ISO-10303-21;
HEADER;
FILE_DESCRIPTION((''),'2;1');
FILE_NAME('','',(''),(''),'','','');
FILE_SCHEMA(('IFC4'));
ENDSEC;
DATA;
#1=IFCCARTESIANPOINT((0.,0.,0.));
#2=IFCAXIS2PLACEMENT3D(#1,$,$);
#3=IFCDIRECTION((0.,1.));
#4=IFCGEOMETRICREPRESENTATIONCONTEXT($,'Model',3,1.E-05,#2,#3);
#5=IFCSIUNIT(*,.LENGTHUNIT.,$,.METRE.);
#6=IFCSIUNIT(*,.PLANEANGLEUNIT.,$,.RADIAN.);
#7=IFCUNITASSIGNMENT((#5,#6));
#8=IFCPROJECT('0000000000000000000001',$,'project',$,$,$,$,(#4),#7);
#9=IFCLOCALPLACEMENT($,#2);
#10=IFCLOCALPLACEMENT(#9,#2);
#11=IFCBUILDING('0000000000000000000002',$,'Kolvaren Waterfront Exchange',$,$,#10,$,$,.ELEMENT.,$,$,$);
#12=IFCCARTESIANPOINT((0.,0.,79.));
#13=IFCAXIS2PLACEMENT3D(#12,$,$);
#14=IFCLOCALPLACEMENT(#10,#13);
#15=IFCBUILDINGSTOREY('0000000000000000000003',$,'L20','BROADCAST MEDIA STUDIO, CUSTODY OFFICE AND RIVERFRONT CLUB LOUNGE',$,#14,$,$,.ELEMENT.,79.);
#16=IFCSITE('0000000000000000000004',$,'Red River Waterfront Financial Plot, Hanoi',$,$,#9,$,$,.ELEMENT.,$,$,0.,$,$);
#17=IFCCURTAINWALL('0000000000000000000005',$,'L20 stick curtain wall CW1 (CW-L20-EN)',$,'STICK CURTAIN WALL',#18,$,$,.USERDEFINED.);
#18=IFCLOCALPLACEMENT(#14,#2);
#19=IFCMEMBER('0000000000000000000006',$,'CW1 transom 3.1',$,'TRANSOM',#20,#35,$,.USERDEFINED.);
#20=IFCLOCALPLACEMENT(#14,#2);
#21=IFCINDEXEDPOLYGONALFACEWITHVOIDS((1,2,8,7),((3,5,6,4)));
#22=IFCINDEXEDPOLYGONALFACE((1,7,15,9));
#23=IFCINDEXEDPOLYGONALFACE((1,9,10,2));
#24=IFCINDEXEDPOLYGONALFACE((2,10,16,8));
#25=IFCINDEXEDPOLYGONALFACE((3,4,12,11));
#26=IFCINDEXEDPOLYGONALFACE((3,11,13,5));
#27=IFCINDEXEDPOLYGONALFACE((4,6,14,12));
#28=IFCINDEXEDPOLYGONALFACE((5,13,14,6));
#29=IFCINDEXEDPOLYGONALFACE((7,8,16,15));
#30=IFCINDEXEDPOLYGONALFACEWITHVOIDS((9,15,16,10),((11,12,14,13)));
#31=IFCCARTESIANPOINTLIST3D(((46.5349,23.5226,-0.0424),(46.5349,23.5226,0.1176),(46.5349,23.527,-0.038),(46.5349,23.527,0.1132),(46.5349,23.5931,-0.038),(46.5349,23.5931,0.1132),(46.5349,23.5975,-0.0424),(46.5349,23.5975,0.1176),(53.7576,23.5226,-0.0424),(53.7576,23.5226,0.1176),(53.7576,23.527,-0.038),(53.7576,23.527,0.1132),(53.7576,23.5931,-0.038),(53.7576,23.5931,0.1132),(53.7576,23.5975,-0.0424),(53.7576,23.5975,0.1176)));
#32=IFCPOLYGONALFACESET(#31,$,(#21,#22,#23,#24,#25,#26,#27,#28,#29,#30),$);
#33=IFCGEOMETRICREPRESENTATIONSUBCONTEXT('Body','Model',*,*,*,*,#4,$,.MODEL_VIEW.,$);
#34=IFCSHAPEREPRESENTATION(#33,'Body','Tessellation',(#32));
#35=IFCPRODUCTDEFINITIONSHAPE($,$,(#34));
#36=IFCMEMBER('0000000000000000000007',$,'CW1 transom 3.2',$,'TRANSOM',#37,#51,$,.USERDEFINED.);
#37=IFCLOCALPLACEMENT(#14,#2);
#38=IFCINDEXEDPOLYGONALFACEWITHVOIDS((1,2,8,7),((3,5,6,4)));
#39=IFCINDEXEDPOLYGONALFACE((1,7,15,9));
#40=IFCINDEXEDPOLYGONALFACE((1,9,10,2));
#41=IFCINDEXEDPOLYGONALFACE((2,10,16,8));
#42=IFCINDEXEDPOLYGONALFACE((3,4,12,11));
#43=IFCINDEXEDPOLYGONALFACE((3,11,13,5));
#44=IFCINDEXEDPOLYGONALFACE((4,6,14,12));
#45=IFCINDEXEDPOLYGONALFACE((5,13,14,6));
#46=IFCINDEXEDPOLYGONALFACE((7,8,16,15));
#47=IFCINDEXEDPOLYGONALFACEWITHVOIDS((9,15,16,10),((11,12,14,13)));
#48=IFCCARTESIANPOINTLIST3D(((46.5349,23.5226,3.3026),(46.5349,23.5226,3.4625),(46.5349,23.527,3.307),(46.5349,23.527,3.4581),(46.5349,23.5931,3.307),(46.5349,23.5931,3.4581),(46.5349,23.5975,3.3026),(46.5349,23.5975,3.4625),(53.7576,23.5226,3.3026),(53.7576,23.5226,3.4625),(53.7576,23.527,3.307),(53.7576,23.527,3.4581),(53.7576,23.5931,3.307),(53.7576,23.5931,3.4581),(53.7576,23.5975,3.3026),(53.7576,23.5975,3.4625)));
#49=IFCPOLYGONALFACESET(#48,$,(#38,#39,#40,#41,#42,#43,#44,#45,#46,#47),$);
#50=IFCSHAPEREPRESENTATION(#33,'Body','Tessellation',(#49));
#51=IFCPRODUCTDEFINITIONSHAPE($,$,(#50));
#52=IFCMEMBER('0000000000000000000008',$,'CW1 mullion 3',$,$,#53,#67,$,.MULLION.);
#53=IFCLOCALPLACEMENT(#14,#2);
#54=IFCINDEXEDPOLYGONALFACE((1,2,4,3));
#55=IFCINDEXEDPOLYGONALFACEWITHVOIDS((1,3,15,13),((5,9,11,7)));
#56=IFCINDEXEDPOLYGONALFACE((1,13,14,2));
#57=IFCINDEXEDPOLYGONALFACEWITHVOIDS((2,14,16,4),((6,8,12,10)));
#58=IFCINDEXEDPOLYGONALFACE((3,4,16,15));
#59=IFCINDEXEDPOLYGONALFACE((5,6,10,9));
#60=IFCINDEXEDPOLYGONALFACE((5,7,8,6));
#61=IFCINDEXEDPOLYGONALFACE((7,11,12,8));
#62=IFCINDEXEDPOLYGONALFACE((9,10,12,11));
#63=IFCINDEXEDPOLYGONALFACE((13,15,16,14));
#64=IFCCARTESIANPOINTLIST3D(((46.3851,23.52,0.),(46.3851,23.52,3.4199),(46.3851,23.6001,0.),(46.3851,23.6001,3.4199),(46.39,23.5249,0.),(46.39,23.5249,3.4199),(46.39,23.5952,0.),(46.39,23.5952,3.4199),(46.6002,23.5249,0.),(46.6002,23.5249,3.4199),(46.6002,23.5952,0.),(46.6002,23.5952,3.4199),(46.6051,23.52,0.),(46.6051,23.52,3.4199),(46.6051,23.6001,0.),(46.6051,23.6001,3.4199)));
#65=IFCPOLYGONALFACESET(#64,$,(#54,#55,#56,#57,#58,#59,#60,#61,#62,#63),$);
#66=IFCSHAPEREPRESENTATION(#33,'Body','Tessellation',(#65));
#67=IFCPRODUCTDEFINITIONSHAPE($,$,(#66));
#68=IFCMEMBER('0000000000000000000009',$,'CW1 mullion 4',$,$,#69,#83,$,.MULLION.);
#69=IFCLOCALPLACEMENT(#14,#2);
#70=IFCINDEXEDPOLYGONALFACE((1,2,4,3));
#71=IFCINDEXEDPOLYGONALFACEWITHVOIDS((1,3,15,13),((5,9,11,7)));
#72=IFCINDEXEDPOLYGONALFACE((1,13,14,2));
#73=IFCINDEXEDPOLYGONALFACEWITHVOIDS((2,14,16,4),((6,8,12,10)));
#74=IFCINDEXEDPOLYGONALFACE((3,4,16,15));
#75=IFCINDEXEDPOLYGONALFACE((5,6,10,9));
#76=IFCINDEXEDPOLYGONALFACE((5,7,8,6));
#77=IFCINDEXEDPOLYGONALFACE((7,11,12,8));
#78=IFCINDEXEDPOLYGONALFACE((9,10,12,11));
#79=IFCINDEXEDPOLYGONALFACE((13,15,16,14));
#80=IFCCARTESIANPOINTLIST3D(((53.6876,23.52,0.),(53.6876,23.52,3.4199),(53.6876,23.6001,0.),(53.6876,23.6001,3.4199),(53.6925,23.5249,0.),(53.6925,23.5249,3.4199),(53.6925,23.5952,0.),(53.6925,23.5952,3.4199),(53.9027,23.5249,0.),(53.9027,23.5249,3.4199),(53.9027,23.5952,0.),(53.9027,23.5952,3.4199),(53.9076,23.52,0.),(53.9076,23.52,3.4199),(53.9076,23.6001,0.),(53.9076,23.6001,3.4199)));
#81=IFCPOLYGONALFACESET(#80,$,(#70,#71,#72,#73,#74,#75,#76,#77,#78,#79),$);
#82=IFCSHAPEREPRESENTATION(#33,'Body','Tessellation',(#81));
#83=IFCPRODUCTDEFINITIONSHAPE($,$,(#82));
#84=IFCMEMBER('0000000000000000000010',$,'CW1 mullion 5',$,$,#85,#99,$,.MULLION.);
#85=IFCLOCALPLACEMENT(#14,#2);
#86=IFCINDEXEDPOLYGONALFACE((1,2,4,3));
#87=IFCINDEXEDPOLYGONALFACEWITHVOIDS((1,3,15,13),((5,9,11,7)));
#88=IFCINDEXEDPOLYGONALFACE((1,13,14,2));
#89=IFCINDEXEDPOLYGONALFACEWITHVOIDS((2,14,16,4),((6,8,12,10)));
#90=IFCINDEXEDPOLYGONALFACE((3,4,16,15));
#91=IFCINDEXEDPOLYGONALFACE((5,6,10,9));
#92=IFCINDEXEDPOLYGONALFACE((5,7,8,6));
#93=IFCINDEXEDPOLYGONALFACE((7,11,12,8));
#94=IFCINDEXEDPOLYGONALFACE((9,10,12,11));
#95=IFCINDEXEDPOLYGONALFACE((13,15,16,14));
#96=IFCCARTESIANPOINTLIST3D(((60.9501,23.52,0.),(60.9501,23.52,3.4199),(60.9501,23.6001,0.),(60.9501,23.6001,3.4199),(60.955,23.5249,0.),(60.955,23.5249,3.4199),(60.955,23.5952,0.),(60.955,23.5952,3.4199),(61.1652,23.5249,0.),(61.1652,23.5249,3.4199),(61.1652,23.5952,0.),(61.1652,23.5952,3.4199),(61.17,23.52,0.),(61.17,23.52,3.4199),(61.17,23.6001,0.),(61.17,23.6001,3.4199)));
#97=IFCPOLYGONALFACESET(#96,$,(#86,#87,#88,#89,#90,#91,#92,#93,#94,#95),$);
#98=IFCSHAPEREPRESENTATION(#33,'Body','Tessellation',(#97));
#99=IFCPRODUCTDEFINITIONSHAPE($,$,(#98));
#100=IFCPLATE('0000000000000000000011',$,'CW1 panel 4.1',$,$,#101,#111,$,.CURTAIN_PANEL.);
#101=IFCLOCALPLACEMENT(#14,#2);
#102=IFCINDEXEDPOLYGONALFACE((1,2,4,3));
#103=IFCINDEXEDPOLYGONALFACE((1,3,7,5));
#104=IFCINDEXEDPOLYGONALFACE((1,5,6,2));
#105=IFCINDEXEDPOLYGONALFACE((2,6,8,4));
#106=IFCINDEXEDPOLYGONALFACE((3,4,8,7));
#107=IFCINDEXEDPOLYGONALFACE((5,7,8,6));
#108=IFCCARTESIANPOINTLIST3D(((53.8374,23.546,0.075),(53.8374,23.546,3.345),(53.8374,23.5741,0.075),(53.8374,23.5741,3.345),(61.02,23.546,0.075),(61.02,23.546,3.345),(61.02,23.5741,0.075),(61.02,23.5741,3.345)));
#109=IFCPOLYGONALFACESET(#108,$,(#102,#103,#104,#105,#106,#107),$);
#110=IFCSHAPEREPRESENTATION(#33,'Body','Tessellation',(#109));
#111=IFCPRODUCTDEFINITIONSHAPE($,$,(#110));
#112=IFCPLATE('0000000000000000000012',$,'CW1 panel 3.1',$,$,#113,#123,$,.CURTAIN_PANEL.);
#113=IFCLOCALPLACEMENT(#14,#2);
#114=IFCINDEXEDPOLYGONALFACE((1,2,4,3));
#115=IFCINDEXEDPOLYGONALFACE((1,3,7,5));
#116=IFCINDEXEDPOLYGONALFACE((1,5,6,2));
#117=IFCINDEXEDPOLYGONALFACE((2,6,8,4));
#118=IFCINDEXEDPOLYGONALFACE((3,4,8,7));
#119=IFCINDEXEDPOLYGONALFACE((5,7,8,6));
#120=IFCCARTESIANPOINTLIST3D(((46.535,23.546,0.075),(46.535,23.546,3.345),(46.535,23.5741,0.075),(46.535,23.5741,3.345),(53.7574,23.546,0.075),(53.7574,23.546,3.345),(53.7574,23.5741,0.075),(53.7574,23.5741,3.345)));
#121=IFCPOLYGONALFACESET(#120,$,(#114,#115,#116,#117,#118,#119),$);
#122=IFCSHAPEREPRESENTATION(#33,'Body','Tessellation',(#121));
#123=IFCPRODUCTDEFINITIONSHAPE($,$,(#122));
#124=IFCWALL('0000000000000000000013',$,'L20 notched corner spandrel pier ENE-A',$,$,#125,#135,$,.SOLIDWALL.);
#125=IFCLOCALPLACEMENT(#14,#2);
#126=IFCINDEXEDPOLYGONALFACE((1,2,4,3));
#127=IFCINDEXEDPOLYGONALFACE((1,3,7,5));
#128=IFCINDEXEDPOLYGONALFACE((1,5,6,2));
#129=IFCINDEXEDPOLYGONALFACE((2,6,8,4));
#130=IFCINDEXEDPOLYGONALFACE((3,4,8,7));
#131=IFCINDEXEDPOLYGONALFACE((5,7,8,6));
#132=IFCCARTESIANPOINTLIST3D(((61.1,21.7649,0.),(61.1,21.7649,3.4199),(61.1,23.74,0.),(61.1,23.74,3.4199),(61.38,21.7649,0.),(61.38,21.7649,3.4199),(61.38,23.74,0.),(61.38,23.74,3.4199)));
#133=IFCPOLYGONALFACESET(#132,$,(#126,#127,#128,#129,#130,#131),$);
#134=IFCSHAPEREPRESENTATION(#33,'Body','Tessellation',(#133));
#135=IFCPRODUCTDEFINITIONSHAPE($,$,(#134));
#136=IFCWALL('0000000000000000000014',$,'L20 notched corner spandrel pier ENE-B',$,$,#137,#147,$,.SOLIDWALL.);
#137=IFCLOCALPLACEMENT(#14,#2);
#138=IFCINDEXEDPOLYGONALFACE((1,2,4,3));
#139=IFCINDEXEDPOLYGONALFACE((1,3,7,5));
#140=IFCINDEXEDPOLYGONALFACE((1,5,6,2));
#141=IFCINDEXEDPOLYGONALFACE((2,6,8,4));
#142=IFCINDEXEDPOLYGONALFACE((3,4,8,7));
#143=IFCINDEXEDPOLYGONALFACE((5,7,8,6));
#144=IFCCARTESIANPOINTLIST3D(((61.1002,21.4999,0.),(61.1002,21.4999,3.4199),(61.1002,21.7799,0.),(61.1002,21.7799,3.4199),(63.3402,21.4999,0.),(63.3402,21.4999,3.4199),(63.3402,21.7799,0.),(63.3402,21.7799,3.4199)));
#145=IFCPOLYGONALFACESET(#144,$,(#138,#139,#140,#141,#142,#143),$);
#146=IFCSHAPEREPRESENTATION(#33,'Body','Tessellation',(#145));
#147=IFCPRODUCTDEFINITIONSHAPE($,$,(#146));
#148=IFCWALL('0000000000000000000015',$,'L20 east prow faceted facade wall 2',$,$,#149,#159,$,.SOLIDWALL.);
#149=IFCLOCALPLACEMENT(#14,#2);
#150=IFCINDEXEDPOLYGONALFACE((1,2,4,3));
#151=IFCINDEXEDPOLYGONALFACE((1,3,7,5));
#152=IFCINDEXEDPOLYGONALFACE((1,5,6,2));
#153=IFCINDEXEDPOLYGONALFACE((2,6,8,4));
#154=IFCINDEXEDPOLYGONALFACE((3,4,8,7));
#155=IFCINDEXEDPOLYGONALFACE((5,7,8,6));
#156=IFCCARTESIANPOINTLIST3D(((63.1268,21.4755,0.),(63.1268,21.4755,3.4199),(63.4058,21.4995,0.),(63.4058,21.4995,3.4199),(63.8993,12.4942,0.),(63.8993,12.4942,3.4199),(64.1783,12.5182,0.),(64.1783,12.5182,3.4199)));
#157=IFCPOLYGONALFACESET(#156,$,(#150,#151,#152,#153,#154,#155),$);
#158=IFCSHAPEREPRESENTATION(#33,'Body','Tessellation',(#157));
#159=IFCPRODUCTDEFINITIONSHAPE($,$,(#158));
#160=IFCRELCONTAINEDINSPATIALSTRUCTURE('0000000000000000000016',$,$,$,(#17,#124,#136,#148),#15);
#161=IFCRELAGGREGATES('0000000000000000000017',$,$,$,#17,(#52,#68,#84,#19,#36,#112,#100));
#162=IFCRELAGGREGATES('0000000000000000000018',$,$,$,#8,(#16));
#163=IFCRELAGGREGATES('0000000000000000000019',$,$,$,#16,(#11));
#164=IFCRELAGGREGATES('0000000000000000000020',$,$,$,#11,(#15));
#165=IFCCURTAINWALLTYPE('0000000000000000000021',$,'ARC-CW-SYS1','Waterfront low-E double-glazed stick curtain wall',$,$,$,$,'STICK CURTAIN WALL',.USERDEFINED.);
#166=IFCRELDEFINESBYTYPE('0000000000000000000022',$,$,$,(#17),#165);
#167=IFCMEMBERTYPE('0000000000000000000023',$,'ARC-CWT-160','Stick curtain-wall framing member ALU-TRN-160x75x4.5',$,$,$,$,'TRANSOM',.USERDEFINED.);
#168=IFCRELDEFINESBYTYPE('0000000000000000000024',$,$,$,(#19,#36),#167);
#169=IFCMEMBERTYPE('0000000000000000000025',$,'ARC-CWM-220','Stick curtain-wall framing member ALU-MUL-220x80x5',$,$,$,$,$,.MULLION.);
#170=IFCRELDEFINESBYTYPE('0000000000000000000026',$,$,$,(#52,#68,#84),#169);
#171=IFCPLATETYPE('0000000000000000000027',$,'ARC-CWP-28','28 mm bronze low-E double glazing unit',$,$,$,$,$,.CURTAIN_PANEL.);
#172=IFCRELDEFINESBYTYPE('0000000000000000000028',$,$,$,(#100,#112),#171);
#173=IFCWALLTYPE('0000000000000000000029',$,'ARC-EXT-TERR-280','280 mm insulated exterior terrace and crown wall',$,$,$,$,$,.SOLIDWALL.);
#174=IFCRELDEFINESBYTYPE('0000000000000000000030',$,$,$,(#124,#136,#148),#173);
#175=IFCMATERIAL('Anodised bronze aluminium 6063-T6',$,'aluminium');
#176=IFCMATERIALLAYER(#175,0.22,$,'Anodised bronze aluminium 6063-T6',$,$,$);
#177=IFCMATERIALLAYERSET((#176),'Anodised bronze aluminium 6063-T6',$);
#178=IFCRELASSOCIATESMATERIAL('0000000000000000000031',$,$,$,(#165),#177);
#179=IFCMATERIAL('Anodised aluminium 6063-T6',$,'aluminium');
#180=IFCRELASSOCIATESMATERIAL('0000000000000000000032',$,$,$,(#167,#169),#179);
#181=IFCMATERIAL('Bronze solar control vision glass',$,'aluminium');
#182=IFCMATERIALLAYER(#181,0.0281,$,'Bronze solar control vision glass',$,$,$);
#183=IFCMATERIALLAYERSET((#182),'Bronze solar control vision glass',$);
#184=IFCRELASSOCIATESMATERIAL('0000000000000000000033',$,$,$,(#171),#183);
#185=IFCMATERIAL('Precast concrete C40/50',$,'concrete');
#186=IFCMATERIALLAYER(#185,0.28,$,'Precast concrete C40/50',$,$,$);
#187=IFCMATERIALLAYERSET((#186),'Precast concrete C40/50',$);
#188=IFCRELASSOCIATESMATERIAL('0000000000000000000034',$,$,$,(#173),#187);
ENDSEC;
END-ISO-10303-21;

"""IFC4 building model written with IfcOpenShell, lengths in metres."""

from ifc_helpers import new_model, si_unit, direction, frame, frame_2d, origin, origin_with_axes, origin_2d, place, context, subcontext, project, spatial, rectangle, hollow_rectangle, extrude, source, transform, mapped, material, layer, layer_set, material_profile, profile_set, type_object, element, aggregate, save


model = new_model("IFC4")

# Units and contexts
model_context = context("Model", 3, precision=1e-05, world=origin(), true_north=direction((0.0, 1.0)))
body_context = subcontext(model_context, "Body", "Model", "MODEL_VIEW")
ifc_project = project(units=[si_unit("LENGTHUNIT", "METRE"), si_unit("PLANEANGLEUNIT", "RADIAN")], contexts=[model_context])

# Site, building, storey
site_placement = place(None, origin())
site = spatial("IfcSite", under=ifc_project, at=site_placement, Name="Red River Waterfront Financial Plot, Hanoi", CompositionType="ELEMENT", RefElevation=0.0)
building_placement = place(site_placement, origin())
building = spatial("IfcBuilding", under=site, at=building_placement, Name="Kolvaren Waterfront Exchange", CompositionType="ELEMENT")
storey_placement = place(building_placement, frame((0.0, 0.0, 79.0)))
storey = spatial("IfcBuildingStorey", under=building, at=storey_placement, Name="L20", Description="BROADCAST MEDIA STUDIO, CUSTODY OFFICE AND RIVERFRONT CLUB LOUNGE", CompositionType="ELEMENT", Elevation=79.0)

# Curtain wall, members, plates
ifc_material_1 = material(Name="Anodised bronze aluminium 6063-T6", Category="aluminium")
ifc_layer_1 = layer(ifc_material_1, 0.22, Name="Anodised bronze aluminium 6063-T6")
ifc_layer_set_1 = layer_set([ifc_layer_1], Name="Anodised bronze aluminium 6063-T6")
curtain_wall_type = type_object("IfcCurtainWallType", Name="ARC-CW-SYS1", Description="Waterfront low-E double-glazed stick curtain wall", ElementType="STICK CURTAIN WALL", PredefinedType="USERDEFINED", material=ifc_layer_set_1)
curtain_wall_placement = place(storey_placement, origin())
curtain_wall = element("IfcCurtainWall", 1, at=curtain_wall_placement, inside=storey, type_object=curtain_wall_type, Name="L20 stick curtain wall CW1 (CW-L20-EN)", ObjectType="STICK CURTAIN WALL", PredefinedType="USERDEFINED")
ifc_material_2 = material(Name="Anodised aluminium 6063-T6", Category="aluminium")
ifc_material_profile_1 = material_profile(ifc_material_2, hollow_rectangle(XDim=0.075, YDim=0.1599, WallThickness=0.0044, at=origin_2d()), Name="ALU-TRN-160x75x4.5")
ifc_profile_set_1 = profile_set([ifc_material_profile_1], Name="Anodised aluminium 6063-T6")
member_type_1 = type_object("IfcMemberType", Name="ARC-CWT-160", Description="Stick curtain-wall framing member ALU-TRN-160x75x4.5", ElementType="TRANSOM", PredefinedType="USERDEFINED", material=ifc_profile_set_1)
shared_shape_1 = source(origin_with_axes(), body_context, "Body", "SweptSolid", [
    extrude(hollow_rectangle(XDim=0.075, YDim=0.1599, WallThickness=0.0044, at=origin_2d()), origin(), (0.0, 0.0, 1.0), 7.2227),
])
member_1_placement = place(storey_placement, frame((46.5349, 23.5601, 0.0376), z_axis=(1.0, 0.0, 0.0), x_axis=(0.0, 1.0, 0.0)))
member_1 = element("IfcMember", 2, at=member_1_placement, type_object=member_type_1, Name="CW1 transom 3.1", ObjectType="TRANSOM", PredefinedType="USERDEFINED", context=body_context, shape_type="MappedRepresentation", body=[
    mapped(shared_shape_1, transform((0.0, 0.0, 0.0), x_axis=(1.0, 0.0, 0.0), y_axis=(0.0, 1.0, 0.0), z_axis=(0.0, 0.0, 1.0), scale=1.0)),
])
member_2_placement = place(storey_placement, frame((46.5349, 23.5601, 3.3826), z_axis=(1.0, 0.0, 0.0), x_axis=(0.0, 1.0, 0.0)))
member_2 = element("IfcMember", 3, at=member_2_placement, type_object=member_type_1, Name="CW1 transom 3.2", ObjectType="TRANSOM", PredefinedType="USERDEFINED", context=body_context, shape_type="MappedRepresentation", body=[
    mapped(shared_shape_1, transform((0.0, 0.0, 0.0), x_axis=(1.0, 0.0, 0.0), y_axis=(0.0, 1.0, 0.0), z_axis=(0.0, 0.0, 1.0), scale=1.0)),
])
ifc_material_profile_2 = material_profile(ifc_material_2, hollow_rectangle(XDim=0.0801, YDim=0.22, WallThickness=0.0049, at=origin_2d()), Name="ALU-MUL-220x80x5")
ifc_profile_set_2 = profile_set([ifc_material_profile_2], Name="Anodised aluminium 6063-T6")
member_type_2 = type_object("IfcMemberType", Name="ARC-CWM-220", Description="Stick curtain-wall framing member ALU-MUL-220x80x5", PredefinedType="MULLION", material=ifc_profile_set_2)
shared_shape_2 = source(origin_with_axes(), body_context, "Body", "SweptSolid", [
    extrude(hollow_rectangle(XDim=0.0801, YDim=0.22, WallThickness=0.0049, at=origin_2d()), origin(), (0.0, 0.0, 1.0), 3.4199),
])
member_3_placement = place(storey_placement, frame((46.4951, 23.5601, 0.0), z_axis=(0.0, 0.0, 1.0), x_axis=(0.0, 1.0, 0.0)))
member_3 = element("IfcMember", 4, at=member_3_placement, type_object=member_type_2, Name="CW1 mullion 3", PredefinedType="MULLION", context=body_context, shape_type="MappedRepresentation", body=[
    mapped(shared_shape_2, transform((0.0, 0.0, 0.0), x_axis=(1.0, 0.0, 0.0), y_axis=(0.0, 1.0, 0.0), z_axis=(0.0, 0.0, 1.0), scale=1.0)),
])
member_4_placement = place(storey_placement, frame((53.7976, 23.5601, 0.0), z_axis=(0.0, 0.0, 1.0), x_axis=(0.0, 1.0, 0.0)))
member_4 = element("IfcMember", 5, at=member_4_placement, type_object=member_type_2, Name="CW1 mullion 4", PredefinedType="MULLION", context=body_context, shape_type="MappedRepresentation", body=[
    mapped(shared_shape_2, transform((0.0, 0.0, 0.0), x_axis=(1.0, 0.0, 0.0), y_axis=(0.0, 1.0, 0.0), z_axis=(0.0, 0.0, 1.0), scale=1.0)),
])
member_5_placement = place(storey_placement, frame((61.0601, 23.5601, 0.0), z_axis=(0.0, 0.0, 1.0), x_axis=(0.0, 1.0, 0.0)))
member_5 = element("IfcMember", 6, at=member_5_placement, type_object=member_type_2, Name="CW1 mullion 5", PredefinedType="MULLION", context=body_context, shape_type="MappedRepresentation", body=[
    mapped(shared_shape_2, transform((0.0, 0.0, 0.0), x_axis=(1.0, 0.0, 0.0), y_axis=(0.0, 1.0, 0.0), z_axis=(0.0, 0.0, 1.0), scale=1.0)),
])
ifc_material_3 = material(Name="Bronze solar control vision glass", Category="aluminium")
ifc_layer_2 = layer(ifc_material_3, 0.0281, Name="Bronze solar control vision glass")
ifc_layer_set_2 = layer_set([ifc_layer_2], Name="Bronze solar control vision glass")
plate_type = type_object("IfcPlateType", Name="ARC-CWP-28", Description="28 mm bronze low-E double glazing unit", PredefinedType="CURTAIN_PANEL", material=ifc_layer_set_2)
shared_shape_3 = source(origin_with_axes(), body_context, "Body", "SweptSolid", [
    extrude(rectangle(XDim=7.1826, YDim=0.0281, at=origin_2d()), origin(), (0.0, 0.0, 1.0), 3.27),
])
plate_1_placement = place(storey_placement, frame((57.4287, 23.5601, 0.075), z_axis=(0.0, 0.0, 1.0), x_axis=(1.0, 0.0, 0.0)))
plate_1 = element("IfcPlate", 7, at=plate_1_placement, type_object=plate_type, Name="CW1 panel 4.1", PredefinedType="CURTAIN_PANEL", context=body_context, shape_type="MappedRepresentation", body=[
    mapped(shared_shape_3, transform((0.0, 0.0, 0.0), x_axis=(1.0, 0.0, 0.0), y_axis=(0.0, 1.0, 0.0), z_axis=(0.0, 0.0, 1.0), scale=1.0)),
])
shared_shape_4 = source(origin_with_axes(), body_context, "Body", "SweptSolid", [
    extrude(rectangle(XDim=7.2224, YDim=0.0281, at=origin_2d()), origin(), (0.0, 0.0, 1.0), 3.27),
])
plate_2_placement = place(storey_placement, frame((50.1462, 23.5601, 0.075), z_axis=(0.0, 0.0, 1.0), x_axis=(1.0, 0.0, 0.0)))
plate_2 = element("IfcPlate", 8, at=plate_2_placement, type_object=plate_type, Name="CW1 panel 3.1", PredefinedType="CURTAIN_PANEL", context=body_context, shape_type="MappedRepresentation", body=[
    mapped(shared_shape_4, transform((0.0, 0.0, 0.0), x_axis=(1.0, 0.0, 0.0), y_axis=(0.0, 1.0, 0.0), z_axis=(0.0, 0.0, 1.0), scale=1.0)),
])
aggregate(curtain_wall, [member_3, member_4, member_5, member_1, member_2, plate_2, plate_1])

# Walls
ifc_material_4 = material(Name="Precast concrete C40/50", Category="concrete")
ifc_layer_3 = layer(ifc_material_4, 0.28, Name="Precast concrete C40/50")
ifc_layer_set_3 = layer_set([ifc_layer_3], Name="Precast concrete C40/50")
wall_type_1 = type_object("IfcWallType", Name="ARC-EXT-TERR-280", Description="280 mm insulated exterior terrace and crown wall", PredefinedType="SOLIDWALL", material=ifc_layer_set_3)
wall_1_placement = place(storey_placement, frame((61.24, 21.7649, 0.0), z_axis=(0.0, 0.0, 1.0), x_axis=(0.0, 1.0, 0.0)))
element("IfcWall", 9, at=wall_1_placement, inside=storey, type_object=wall_type_1, Name="L20 notched corner spandrel pier ENE-A", PredefinedType="SOLIDWALL", context=body_context, shape_type="SweptSolid", body=[
    extrude(rectangle(XDim=1.9751, YDim=0.28, at=frame_2d((0.9875, 0.0))), origin(), (0.0, 0.0, 1.0), 3.4199),
])
wall_2_placement = place(storey_placement, frame((61.1001, 21.6399, 0.0), z_axis=(0.0, 0.0, 1.0), x_axis=(1.0, 0.0, 0.0)))
element("IfcWall", 10, at=wall_2_placement, inside=storey, type_object=wall_type_1, Name="L20 notched corner spandrel pier ENE-B", PredefinedType="SOLIDWALL", context=body_context, shape_type="SweptSolid", body=[
    extrude(rectangle(XDim=2.24, YDim=0.28, at=frame_2d((1.1201, 0.0))), origin(), (0.0, 0.0, 1.0), 3.4199),
])
wall_3_placement = place(storey_placement, frame((64.0388, 12.5061, 0.0), z_axis=(0.0, 0.0, 1.0), x_axis=(-0.085692, 0.996322, 0.0)))
element("IfcWall", 11, at=wall_3_placement, inside=storey, type_object=wall_type_1, Name="L20 east prow faceted facade wall 2", PredefinedType="SOLIDWALL", context=body_context, shape_type="SweptSolid", body=[
    extrude(rectangle(XDim=9.0144, YDim=0.28, at=frame_2d((4.5073, 0.0))), origin(), (0.0, 0.0, 1.0), 3.4199),
])

save(model, "model.ifc")
